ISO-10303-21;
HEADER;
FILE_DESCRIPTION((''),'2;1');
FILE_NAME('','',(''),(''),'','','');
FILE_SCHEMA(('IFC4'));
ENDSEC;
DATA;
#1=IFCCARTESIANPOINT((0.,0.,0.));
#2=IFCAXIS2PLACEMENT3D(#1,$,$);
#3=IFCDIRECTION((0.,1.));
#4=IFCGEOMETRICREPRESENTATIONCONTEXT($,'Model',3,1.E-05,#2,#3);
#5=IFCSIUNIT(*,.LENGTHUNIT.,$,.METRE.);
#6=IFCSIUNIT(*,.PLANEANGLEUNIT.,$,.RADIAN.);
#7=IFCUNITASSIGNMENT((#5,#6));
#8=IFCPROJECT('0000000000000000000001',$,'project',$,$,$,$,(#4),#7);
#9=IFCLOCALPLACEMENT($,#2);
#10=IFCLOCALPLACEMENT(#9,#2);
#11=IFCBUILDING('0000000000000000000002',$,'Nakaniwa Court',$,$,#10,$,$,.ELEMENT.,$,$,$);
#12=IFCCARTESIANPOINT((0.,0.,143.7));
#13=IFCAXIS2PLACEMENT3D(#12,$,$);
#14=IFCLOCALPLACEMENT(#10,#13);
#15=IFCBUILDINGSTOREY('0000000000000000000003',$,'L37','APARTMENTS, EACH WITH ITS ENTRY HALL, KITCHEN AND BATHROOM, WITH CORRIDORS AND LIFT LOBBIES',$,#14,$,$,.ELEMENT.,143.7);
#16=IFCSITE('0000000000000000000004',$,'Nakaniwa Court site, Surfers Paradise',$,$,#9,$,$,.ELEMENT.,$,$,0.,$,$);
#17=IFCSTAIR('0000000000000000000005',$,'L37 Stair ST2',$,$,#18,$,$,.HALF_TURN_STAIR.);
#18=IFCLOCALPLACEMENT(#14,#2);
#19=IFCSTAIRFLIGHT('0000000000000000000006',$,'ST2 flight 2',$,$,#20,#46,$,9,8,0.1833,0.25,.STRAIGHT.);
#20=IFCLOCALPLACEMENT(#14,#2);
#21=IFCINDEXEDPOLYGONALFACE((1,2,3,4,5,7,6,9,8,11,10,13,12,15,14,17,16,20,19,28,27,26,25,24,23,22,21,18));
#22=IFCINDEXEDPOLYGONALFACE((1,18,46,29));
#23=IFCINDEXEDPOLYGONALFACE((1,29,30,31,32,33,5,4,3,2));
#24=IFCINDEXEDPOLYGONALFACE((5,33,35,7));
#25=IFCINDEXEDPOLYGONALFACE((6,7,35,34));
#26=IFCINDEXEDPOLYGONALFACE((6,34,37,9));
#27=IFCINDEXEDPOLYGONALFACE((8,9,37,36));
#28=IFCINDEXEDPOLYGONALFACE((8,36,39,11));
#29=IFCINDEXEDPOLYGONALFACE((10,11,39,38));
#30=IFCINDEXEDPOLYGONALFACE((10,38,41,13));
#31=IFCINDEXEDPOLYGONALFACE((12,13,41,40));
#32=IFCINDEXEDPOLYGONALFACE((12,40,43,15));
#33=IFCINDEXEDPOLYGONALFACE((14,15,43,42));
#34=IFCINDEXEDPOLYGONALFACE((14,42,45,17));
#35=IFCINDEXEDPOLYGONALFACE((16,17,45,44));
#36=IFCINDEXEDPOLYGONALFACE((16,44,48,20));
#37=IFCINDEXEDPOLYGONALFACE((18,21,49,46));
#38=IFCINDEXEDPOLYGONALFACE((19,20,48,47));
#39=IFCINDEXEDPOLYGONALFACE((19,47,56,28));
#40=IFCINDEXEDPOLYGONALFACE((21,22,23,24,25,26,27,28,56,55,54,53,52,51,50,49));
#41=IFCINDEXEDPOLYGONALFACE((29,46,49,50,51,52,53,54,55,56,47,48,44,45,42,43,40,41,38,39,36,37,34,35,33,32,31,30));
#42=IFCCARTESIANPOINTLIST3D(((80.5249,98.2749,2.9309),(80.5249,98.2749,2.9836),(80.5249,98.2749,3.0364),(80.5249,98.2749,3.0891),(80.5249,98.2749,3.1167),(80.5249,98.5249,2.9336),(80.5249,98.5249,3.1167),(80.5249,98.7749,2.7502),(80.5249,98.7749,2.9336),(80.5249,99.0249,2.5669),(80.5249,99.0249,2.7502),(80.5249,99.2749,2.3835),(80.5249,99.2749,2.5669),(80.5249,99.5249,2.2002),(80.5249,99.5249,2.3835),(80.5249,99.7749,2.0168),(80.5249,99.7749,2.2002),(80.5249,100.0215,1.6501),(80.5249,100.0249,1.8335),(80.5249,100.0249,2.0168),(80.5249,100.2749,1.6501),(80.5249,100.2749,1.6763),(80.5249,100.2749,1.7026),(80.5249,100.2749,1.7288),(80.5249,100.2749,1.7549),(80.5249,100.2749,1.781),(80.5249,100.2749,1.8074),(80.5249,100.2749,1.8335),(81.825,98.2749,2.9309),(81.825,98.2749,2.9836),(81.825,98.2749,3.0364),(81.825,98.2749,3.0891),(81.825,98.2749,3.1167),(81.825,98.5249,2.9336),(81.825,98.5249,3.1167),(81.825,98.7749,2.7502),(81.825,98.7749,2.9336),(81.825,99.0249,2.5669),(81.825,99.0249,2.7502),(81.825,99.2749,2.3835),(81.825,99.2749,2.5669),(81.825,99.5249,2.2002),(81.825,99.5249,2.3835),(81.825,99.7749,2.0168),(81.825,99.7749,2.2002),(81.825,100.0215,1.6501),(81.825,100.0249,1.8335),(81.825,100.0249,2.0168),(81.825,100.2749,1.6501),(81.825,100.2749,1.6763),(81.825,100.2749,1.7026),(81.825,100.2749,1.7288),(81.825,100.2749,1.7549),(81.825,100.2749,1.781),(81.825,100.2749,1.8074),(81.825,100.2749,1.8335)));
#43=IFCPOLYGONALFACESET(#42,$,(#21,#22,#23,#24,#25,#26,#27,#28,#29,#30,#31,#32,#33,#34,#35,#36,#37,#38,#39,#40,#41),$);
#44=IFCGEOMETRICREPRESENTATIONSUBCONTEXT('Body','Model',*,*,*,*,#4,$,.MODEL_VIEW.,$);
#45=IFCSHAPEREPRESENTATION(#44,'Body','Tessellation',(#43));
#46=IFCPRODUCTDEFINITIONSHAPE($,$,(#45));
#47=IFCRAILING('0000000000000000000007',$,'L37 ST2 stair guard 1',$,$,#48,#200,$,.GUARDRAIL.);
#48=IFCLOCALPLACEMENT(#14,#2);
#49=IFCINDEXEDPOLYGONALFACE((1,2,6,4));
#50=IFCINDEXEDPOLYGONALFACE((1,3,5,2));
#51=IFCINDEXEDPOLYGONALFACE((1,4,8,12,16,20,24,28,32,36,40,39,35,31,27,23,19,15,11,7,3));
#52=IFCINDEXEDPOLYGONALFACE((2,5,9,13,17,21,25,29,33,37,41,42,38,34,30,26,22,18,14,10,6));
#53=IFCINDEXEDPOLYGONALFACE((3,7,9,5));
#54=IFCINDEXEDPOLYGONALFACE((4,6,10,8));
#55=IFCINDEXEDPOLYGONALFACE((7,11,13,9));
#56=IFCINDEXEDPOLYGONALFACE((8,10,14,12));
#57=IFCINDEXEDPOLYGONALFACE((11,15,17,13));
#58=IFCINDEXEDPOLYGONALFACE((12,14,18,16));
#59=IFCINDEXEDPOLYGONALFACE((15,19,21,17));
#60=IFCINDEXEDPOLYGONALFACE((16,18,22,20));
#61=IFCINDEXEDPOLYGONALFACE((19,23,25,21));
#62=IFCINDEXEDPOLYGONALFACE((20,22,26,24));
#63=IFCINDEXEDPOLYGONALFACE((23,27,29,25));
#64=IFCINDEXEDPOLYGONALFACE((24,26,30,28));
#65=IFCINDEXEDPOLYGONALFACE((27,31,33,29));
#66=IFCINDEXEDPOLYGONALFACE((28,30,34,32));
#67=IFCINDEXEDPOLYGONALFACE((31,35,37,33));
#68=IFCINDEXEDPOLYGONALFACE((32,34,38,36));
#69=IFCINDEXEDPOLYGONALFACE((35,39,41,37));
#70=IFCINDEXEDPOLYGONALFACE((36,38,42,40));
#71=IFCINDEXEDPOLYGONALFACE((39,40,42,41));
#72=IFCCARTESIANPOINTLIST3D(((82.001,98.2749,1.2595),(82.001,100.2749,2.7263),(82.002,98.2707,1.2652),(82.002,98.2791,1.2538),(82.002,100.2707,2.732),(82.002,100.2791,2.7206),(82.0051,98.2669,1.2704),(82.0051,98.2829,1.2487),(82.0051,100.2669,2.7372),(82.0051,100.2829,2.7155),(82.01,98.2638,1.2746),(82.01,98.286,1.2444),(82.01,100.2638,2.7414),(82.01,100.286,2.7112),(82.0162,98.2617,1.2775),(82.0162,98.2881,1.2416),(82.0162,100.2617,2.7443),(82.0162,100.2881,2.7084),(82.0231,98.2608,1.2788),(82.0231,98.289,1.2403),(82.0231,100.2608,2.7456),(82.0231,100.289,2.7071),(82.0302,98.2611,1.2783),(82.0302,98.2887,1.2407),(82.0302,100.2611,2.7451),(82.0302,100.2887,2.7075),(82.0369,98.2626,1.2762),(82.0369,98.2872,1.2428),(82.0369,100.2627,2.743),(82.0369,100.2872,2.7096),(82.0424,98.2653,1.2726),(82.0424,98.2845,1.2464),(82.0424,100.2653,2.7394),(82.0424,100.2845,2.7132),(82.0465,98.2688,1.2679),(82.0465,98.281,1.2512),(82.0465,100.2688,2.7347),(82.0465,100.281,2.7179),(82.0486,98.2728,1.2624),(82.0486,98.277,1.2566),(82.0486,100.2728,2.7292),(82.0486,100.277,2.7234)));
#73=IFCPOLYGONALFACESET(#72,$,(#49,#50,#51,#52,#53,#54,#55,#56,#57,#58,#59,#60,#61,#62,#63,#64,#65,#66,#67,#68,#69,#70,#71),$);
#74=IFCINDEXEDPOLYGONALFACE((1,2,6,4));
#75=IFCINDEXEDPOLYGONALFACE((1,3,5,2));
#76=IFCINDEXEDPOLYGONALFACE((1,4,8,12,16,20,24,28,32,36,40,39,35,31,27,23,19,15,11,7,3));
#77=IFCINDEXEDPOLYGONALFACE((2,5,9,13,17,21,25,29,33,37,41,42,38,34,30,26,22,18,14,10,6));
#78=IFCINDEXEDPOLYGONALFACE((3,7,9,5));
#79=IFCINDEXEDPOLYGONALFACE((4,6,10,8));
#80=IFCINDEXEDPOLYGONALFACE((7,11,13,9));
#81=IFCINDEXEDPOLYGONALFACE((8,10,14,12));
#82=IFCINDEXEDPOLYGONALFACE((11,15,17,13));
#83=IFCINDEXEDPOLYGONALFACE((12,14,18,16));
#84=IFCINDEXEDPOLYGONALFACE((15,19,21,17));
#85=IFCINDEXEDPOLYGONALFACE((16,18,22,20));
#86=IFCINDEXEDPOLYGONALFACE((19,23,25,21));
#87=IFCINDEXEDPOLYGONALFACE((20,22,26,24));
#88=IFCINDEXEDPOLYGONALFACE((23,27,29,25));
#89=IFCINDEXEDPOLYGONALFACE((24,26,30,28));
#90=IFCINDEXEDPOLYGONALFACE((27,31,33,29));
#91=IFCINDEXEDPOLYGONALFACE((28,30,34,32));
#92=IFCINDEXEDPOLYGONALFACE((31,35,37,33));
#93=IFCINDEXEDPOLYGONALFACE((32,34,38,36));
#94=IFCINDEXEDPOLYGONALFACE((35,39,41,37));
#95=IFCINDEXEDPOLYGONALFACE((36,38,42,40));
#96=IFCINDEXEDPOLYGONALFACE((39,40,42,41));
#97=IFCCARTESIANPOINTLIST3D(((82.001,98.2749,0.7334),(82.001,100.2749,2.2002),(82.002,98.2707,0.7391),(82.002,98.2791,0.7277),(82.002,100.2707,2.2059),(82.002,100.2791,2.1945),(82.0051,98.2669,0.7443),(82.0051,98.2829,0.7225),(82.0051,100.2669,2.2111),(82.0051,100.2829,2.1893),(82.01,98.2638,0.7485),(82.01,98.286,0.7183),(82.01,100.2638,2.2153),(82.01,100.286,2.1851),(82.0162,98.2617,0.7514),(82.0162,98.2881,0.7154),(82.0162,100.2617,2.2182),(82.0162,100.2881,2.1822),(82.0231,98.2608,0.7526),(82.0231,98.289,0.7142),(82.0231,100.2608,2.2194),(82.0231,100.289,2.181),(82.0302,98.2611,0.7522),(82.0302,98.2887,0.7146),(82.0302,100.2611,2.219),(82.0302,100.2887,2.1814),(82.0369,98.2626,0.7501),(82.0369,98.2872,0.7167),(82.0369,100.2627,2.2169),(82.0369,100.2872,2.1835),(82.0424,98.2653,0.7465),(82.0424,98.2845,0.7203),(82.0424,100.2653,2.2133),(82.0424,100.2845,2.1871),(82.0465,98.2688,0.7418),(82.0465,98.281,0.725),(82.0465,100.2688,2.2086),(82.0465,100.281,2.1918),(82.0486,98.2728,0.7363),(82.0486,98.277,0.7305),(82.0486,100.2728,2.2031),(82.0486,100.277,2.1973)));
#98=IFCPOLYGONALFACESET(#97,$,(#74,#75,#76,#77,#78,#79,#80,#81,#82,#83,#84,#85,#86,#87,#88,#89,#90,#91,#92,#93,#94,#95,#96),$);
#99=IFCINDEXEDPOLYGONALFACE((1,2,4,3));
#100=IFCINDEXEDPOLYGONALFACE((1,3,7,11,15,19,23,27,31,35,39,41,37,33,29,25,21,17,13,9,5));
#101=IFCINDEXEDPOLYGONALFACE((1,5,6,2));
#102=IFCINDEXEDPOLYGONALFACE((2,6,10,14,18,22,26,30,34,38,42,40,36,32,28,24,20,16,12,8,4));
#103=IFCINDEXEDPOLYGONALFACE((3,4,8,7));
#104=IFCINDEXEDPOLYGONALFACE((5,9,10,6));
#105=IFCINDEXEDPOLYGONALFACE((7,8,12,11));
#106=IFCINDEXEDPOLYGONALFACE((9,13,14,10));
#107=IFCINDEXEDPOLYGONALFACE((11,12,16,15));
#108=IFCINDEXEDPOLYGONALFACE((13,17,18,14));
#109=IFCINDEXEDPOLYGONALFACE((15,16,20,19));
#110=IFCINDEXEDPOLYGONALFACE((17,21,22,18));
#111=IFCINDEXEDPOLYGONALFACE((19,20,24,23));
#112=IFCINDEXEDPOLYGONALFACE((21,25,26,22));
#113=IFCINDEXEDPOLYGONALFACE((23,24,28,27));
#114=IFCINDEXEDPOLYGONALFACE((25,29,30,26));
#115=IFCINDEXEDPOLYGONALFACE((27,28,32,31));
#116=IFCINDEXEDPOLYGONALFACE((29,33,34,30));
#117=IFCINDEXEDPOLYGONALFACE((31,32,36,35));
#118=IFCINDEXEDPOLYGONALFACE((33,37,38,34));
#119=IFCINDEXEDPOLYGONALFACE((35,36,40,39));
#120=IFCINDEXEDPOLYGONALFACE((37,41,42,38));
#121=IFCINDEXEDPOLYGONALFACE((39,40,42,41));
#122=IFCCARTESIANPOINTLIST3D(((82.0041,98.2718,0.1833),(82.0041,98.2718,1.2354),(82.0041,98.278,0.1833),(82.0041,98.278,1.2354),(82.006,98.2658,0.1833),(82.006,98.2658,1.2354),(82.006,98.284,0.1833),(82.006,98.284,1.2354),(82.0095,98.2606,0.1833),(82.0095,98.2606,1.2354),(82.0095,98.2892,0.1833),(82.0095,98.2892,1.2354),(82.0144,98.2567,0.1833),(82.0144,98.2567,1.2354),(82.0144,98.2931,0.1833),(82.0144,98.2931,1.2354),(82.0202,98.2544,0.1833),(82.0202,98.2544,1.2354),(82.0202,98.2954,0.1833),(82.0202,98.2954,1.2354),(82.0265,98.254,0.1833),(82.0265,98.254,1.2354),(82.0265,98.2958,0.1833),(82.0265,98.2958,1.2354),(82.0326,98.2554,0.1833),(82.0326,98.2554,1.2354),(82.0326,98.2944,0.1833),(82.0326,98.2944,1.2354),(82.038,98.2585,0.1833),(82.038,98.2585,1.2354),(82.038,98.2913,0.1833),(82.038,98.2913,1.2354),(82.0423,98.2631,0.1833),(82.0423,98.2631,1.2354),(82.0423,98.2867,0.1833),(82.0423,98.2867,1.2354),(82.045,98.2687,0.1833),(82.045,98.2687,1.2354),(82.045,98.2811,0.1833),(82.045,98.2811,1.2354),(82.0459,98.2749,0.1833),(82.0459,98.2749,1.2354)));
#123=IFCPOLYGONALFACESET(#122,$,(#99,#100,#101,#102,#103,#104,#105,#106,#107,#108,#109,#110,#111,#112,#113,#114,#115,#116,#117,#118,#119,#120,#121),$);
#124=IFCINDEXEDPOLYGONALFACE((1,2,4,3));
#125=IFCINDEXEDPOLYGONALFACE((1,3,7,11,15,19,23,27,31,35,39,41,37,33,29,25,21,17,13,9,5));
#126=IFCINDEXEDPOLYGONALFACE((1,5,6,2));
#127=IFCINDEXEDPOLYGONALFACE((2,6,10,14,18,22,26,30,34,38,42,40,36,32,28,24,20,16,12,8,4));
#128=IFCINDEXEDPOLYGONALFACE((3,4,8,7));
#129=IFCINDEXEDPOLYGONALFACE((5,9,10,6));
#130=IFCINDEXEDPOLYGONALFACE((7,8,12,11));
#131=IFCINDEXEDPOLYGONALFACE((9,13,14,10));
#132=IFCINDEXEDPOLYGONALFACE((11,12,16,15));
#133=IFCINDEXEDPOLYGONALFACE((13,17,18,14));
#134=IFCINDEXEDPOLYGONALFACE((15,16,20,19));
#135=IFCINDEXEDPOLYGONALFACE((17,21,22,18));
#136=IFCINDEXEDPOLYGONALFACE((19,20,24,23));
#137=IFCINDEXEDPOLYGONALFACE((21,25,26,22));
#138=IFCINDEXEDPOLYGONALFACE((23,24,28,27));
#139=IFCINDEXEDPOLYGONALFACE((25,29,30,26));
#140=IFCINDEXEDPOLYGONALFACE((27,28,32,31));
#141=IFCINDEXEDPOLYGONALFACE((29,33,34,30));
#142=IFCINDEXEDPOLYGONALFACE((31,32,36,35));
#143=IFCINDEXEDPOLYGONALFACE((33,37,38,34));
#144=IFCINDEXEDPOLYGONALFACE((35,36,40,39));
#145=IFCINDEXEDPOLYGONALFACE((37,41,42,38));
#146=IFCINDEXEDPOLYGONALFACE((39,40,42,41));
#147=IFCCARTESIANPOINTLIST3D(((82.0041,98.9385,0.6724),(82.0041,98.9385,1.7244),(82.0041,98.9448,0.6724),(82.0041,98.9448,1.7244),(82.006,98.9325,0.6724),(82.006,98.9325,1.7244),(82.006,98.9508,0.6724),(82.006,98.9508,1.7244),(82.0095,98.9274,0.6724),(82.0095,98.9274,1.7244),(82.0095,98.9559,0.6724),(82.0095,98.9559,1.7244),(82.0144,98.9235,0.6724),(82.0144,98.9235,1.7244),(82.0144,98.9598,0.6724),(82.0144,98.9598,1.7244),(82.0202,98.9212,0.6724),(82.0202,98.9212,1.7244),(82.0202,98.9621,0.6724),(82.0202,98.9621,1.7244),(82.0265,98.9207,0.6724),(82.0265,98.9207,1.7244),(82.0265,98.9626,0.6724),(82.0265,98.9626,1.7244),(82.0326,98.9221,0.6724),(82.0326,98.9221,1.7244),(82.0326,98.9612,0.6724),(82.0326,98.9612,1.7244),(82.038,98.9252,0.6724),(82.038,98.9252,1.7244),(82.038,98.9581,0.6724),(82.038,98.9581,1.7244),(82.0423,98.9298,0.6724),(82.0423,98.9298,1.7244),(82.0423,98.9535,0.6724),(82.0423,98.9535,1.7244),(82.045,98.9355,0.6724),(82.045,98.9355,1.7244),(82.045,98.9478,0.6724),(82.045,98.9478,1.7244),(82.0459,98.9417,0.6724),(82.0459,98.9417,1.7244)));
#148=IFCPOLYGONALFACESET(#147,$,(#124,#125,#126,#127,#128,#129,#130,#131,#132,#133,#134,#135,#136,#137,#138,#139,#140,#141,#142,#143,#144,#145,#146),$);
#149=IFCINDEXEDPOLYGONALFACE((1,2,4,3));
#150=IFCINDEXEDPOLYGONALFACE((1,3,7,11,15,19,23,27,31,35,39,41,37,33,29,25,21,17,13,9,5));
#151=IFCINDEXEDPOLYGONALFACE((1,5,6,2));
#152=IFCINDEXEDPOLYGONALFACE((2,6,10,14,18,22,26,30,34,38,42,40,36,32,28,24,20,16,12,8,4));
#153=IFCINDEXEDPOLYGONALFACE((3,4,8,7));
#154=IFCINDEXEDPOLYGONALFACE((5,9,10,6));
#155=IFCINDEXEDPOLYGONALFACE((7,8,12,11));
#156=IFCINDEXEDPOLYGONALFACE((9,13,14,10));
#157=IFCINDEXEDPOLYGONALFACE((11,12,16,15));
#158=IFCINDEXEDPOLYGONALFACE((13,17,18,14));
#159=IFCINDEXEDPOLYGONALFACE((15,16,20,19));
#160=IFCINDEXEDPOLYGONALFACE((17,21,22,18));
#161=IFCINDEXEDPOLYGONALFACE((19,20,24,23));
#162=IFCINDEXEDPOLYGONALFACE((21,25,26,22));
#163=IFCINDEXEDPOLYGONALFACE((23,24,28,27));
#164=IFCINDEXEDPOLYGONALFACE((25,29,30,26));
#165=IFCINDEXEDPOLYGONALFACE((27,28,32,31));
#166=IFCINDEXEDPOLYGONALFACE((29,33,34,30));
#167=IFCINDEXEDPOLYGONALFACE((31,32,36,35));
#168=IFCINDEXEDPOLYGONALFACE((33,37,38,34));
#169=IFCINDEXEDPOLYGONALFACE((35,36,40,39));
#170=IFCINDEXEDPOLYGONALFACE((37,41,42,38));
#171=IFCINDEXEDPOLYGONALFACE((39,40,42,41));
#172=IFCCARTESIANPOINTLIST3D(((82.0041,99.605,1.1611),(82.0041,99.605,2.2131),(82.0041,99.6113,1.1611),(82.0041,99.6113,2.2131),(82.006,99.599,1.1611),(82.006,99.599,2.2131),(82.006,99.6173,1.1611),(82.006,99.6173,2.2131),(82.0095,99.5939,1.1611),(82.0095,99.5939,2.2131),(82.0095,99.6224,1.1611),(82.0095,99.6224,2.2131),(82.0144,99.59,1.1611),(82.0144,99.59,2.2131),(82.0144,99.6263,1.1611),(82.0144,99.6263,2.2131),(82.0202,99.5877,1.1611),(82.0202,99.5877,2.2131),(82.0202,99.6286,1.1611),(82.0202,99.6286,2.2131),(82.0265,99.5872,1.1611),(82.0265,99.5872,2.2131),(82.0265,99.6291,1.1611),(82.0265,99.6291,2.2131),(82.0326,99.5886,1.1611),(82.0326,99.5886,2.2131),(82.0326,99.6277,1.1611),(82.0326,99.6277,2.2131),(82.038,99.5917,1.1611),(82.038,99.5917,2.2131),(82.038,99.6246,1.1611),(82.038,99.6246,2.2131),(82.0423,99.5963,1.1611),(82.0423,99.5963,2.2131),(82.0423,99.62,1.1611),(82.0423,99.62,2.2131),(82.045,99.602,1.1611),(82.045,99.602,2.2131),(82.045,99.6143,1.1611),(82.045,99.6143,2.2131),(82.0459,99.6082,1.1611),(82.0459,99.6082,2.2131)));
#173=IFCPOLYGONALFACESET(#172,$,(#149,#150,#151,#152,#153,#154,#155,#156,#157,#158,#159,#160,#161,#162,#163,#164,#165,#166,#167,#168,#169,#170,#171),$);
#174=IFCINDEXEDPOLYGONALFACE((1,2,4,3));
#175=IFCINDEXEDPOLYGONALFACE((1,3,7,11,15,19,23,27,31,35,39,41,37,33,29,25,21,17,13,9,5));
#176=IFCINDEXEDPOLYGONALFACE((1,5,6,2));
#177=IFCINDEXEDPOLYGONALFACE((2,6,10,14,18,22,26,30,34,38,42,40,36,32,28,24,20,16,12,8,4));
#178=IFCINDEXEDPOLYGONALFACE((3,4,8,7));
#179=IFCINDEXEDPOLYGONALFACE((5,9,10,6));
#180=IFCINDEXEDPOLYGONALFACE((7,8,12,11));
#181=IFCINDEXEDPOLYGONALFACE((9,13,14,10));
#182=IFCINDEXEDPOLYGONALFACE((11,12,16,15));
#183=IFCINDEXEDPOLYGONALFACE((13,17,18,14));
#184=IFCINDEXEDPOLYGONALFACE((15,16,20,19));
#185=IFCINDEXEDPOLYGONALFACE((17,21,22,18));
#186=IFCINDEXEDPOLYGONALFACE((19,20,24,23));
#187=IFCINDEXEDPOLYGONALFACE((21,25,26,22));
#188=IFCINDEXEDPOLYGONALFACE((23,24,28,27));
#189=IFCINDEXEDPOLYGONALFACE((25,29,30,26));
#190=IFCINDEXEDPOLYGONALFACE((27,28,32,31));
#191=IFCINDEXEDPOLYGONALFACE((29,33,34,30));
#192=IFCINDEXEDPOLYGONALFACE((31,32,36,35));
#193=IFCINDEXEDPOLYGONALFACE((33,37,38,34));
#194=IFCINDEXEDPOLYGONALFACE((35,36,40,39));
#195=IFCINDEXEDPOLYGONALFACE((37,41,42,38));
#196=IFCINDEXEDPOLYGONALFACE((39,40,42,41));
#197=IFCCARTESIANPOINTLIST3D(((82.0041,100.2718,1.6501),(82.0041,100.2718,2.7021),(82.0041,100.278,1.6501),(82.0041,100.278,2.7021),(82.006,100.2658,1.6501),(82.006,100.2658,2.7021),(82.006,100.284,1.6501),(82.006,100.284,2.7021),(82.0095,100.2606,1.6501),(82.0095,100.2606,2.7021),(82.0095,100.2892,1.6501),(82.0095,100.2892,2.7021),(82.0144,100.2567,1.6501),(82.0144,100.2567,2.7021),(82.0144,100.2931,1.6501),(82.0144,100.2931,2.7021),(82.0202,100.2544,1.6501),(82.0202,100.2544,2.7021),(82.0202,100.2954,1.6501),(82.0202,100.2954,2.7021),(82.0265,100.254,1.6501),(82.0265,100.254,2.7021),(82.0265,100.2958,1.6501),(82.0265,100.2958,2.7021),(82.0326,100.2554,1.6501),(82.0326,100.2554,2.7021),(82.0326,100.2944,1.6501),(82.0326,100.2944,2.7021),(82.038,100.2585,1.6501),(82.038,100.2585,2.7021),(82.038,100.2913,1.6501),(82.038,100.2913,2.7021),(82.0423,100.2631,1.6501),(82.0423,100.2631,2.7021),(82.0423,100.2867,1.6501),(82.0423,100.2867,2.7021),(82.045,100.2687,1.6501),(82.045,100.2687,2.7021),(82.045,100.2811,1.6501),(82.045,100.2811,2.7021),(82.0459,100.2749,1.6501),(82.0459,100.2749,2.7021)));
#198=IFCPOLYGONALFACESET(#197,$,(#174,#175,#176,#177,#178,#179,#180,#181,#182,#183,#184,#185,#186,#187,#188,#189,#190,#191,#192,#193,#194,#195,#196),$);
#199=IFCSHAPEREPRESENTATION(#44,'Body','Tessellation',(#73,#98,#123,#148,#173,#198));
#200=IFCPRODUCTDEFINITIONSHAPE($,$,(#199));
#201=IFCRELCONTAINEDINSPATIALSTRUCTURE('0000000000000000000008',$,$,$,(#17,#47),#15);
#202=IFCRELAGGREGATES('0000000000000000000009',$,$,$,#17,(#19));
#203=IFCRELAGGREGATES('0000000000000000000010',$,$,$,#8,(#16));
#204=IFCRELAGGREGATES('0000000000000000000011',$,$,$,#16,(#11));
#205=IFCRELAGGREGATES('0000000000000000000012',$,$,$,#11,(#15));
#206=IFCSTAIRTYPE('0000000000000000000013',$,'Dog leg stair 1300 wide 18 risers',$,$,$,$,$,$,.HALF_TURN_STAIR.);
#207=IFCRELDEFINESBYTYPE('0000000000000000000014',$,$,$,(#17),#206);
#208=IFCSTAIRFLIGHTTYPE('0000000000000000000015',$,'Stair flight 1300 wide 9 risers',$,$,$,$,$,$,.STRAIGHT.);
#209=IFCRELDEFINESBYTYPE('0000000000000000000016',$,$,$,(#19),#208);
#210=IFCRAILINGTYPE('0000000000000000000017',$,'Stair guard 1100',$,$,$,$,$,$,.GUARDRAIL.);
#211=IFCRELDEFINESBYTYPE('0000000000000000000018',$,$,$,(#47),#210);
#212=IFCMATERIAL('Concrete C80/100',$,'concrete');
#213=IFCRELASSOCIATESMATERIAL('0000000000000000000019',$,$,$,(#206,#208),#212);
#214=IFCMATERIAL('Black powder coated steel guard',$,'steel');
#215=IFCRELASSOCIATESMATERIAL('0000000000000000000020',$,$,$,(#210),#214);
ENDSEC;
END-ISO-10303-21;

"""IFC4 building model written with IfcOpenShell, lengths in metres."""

from ifc_helpers import new_model, si_unit, direction, frame, origin, origin_2d, place, context, subcontext, project, spatial, polyline, circle, outline, extrude, material, type_object, element, aggregate, save


model = new_model("IFC4")

# Units and contexts
model_context = context("Model", 3, precision=1e-05, world=origin(), true_north=direction((0.0, 1.0)))
body_context = subcontext(model_context, "Body", "Model", "MODEL_VIEW")
ifc_project = project(units=[si_unit("LENGTHUNIT", "METRE"), si_unit("PLANEANGLEUNIT", "RADIAN")], contexts=[model_context])

# Site, building, storey
site_placement = place(None, origin())
site = spatial("IfcSite", under=ifc_project, at=site_placement, Name="Nakaniwa Court site, Surfers Paradise", CompositionType="ELEMENT", RefElevation=0.0)
building_placement = place(site_placement, origin())
building = spatial("IfcBuilding", under=site, at=building_placement, Name="Nakaniwa Court", CompositionType="ELEMENT")
storey_placement = place(building_placement, frame((0.0, 0.0, 143.7)))
storey = spatial("IfcBuildingStorey", under=building, at=storey_placement, Name="L37", Description="APARTMENTS, EACH WITH ITS ENTRY HALL, KITCHEN AND BATHROOM, WITH CORRIDORS AND LIFT LOBBIES", CompositionType="ELEMENT", Elevation=143.7)

# Shared definitions
ifc_material_1 = material(Name="Concrete C80/100", Category="concrete")

# Stair, stair flight
stair_type = type_object("IfcStairType", Name="Dog leg stair 1300 wide 18 risers", PredefinedType="HALF_TURN_STAIR", material=ifc_material_1)
stair_placement = place(storey_placement, origin())
stair = element("IfcStair", 1, at=stair_placement, inside=storey, type_object=stair_type, Name="L37 Stair ST2", PredefinedType="HALF_TURN_STAIR")
stair_flight_type = type_object("IfcStairFlightType", Name="Stair flight 1300 wide 9 risers", PredefinedType="STRAIGHT", material=ifc_material_1)
stair_flight_1_placement = place(storey_placement, frame((81.175, 100.2749, 1.6501), z_axis=(0.0, 0.0, 1.0), x_axis=(0.0, -1.0, 0.0)))
stair_flight_1 = element("IfcStairFlight", 2, at=stair_flight_1_placement, type_object=stair_flight_type, Name="ST2 flight 2", NumberOfRisers=9, NumberOfTreads=8, PredefinedType="STRAIGHT", RiserHeight=0.1833, TreadLength=0.25, context=body_context, shape_type="SweptSolid", body=[
    extrude(outline(polyline([(0.0, 0.0), (0.0, 0.0261), (0.0, 0.0525), (0.0, 0.0786), (0.0, 0.1047), (0.0, 0.1309), (0.0, 0.1572), (0.0, 0.1833), (0.25, 0.1833), (0.25, 0.3667), (0.5, 0.3667), (0.5, 0.55), (0.75, 0.55), (0.75, 0.7334), (1.0, 0.7334), (1.0, 0.9167), (1.25, 0.9167), (1.25, 1.1001), (1.5, 1.1001), (1.5, 1.2834), (1.75, 1.2834), (1.75, 1.4666), (2.0, 1.4666), (2.0, 1.6499), (2.0, 1.5972), (2.0, 1.5444), (2.0, 1.4917), (2.0, 1.439), (2.0, 1.3862), (2.0, 1.3335), (2.0, 1.2808), (0.2534, 0.0), (0.0, 0.0)])), frame((0.0, 0.6499, 0.0), z_axis=(0.0, -1.0, 0.0), x_axis=(1.0, 0.0, 0.0)), (0.0, 0.0, 1.0), 1.3),
])
aggregate(stair, [stair_flight_1])

# Railing
ifc_material_2 = material(Name="Black powder coated steel guard", Category="steel")
railing_type_1 = type_object("IfcRailingType", Name="Stair guard 1100", PredefinedType="GUARDRAIL", material=ifc_material_2)
railing_1_placement = place(storey_placement, frame((82.0249, 98.2749, 0.1833)))
element("IfcRailing", 3, at=railing_1_placement, inside=storey, type_object=railing_type_1, Name="L37 ST2 stair guard 1", PredefinedType="GUARDRAIL", context=body_context, shape_type="SweptSolid", body=[
    extrude(circle(Radius=0.0239, at=origin_2d()), frame((0.0, 0.0, 1.0762), z_axis=(0.0, 0.80638, 0.591398), x_axis=(-1.0, 0.0, 0.0)), (0.0, 0.0, 1.0), 2.4802),
    extrude(circle(Radius=0.0239, at=origin_2d()), frame((0.0, 0.0, 0.55), z_axis=(0.0, 0.80638, 0.591398), x_axis=(-1.0, 0.0, 0.0)), (0.0, 0.0, 1.0), 2.4802),
    extrude(circle(Radius=0.021, at=origin_2d()), origin(), (0.0, 0.0, 1.0), 1.052),
    extrude(circle(Radius=0.021, at=origin_2d()), frame((0.0, 0.6667, 0.489)), (0.0, 0.0, 1.0), 1.052),
    extrude(circle(Radius=0.021, at=origin_2d()), frame((0.0, 1.3333, 0.9778)), (0.0, 0.0, 1.0), 1.052),
    extrude(circle(Radius=0.021, at=origin_2d()), frame((0.0, 2.0, 1.4668)), (0.0, 0.0, 1.0), 1.052),
])

save(model, "model.ifc")
